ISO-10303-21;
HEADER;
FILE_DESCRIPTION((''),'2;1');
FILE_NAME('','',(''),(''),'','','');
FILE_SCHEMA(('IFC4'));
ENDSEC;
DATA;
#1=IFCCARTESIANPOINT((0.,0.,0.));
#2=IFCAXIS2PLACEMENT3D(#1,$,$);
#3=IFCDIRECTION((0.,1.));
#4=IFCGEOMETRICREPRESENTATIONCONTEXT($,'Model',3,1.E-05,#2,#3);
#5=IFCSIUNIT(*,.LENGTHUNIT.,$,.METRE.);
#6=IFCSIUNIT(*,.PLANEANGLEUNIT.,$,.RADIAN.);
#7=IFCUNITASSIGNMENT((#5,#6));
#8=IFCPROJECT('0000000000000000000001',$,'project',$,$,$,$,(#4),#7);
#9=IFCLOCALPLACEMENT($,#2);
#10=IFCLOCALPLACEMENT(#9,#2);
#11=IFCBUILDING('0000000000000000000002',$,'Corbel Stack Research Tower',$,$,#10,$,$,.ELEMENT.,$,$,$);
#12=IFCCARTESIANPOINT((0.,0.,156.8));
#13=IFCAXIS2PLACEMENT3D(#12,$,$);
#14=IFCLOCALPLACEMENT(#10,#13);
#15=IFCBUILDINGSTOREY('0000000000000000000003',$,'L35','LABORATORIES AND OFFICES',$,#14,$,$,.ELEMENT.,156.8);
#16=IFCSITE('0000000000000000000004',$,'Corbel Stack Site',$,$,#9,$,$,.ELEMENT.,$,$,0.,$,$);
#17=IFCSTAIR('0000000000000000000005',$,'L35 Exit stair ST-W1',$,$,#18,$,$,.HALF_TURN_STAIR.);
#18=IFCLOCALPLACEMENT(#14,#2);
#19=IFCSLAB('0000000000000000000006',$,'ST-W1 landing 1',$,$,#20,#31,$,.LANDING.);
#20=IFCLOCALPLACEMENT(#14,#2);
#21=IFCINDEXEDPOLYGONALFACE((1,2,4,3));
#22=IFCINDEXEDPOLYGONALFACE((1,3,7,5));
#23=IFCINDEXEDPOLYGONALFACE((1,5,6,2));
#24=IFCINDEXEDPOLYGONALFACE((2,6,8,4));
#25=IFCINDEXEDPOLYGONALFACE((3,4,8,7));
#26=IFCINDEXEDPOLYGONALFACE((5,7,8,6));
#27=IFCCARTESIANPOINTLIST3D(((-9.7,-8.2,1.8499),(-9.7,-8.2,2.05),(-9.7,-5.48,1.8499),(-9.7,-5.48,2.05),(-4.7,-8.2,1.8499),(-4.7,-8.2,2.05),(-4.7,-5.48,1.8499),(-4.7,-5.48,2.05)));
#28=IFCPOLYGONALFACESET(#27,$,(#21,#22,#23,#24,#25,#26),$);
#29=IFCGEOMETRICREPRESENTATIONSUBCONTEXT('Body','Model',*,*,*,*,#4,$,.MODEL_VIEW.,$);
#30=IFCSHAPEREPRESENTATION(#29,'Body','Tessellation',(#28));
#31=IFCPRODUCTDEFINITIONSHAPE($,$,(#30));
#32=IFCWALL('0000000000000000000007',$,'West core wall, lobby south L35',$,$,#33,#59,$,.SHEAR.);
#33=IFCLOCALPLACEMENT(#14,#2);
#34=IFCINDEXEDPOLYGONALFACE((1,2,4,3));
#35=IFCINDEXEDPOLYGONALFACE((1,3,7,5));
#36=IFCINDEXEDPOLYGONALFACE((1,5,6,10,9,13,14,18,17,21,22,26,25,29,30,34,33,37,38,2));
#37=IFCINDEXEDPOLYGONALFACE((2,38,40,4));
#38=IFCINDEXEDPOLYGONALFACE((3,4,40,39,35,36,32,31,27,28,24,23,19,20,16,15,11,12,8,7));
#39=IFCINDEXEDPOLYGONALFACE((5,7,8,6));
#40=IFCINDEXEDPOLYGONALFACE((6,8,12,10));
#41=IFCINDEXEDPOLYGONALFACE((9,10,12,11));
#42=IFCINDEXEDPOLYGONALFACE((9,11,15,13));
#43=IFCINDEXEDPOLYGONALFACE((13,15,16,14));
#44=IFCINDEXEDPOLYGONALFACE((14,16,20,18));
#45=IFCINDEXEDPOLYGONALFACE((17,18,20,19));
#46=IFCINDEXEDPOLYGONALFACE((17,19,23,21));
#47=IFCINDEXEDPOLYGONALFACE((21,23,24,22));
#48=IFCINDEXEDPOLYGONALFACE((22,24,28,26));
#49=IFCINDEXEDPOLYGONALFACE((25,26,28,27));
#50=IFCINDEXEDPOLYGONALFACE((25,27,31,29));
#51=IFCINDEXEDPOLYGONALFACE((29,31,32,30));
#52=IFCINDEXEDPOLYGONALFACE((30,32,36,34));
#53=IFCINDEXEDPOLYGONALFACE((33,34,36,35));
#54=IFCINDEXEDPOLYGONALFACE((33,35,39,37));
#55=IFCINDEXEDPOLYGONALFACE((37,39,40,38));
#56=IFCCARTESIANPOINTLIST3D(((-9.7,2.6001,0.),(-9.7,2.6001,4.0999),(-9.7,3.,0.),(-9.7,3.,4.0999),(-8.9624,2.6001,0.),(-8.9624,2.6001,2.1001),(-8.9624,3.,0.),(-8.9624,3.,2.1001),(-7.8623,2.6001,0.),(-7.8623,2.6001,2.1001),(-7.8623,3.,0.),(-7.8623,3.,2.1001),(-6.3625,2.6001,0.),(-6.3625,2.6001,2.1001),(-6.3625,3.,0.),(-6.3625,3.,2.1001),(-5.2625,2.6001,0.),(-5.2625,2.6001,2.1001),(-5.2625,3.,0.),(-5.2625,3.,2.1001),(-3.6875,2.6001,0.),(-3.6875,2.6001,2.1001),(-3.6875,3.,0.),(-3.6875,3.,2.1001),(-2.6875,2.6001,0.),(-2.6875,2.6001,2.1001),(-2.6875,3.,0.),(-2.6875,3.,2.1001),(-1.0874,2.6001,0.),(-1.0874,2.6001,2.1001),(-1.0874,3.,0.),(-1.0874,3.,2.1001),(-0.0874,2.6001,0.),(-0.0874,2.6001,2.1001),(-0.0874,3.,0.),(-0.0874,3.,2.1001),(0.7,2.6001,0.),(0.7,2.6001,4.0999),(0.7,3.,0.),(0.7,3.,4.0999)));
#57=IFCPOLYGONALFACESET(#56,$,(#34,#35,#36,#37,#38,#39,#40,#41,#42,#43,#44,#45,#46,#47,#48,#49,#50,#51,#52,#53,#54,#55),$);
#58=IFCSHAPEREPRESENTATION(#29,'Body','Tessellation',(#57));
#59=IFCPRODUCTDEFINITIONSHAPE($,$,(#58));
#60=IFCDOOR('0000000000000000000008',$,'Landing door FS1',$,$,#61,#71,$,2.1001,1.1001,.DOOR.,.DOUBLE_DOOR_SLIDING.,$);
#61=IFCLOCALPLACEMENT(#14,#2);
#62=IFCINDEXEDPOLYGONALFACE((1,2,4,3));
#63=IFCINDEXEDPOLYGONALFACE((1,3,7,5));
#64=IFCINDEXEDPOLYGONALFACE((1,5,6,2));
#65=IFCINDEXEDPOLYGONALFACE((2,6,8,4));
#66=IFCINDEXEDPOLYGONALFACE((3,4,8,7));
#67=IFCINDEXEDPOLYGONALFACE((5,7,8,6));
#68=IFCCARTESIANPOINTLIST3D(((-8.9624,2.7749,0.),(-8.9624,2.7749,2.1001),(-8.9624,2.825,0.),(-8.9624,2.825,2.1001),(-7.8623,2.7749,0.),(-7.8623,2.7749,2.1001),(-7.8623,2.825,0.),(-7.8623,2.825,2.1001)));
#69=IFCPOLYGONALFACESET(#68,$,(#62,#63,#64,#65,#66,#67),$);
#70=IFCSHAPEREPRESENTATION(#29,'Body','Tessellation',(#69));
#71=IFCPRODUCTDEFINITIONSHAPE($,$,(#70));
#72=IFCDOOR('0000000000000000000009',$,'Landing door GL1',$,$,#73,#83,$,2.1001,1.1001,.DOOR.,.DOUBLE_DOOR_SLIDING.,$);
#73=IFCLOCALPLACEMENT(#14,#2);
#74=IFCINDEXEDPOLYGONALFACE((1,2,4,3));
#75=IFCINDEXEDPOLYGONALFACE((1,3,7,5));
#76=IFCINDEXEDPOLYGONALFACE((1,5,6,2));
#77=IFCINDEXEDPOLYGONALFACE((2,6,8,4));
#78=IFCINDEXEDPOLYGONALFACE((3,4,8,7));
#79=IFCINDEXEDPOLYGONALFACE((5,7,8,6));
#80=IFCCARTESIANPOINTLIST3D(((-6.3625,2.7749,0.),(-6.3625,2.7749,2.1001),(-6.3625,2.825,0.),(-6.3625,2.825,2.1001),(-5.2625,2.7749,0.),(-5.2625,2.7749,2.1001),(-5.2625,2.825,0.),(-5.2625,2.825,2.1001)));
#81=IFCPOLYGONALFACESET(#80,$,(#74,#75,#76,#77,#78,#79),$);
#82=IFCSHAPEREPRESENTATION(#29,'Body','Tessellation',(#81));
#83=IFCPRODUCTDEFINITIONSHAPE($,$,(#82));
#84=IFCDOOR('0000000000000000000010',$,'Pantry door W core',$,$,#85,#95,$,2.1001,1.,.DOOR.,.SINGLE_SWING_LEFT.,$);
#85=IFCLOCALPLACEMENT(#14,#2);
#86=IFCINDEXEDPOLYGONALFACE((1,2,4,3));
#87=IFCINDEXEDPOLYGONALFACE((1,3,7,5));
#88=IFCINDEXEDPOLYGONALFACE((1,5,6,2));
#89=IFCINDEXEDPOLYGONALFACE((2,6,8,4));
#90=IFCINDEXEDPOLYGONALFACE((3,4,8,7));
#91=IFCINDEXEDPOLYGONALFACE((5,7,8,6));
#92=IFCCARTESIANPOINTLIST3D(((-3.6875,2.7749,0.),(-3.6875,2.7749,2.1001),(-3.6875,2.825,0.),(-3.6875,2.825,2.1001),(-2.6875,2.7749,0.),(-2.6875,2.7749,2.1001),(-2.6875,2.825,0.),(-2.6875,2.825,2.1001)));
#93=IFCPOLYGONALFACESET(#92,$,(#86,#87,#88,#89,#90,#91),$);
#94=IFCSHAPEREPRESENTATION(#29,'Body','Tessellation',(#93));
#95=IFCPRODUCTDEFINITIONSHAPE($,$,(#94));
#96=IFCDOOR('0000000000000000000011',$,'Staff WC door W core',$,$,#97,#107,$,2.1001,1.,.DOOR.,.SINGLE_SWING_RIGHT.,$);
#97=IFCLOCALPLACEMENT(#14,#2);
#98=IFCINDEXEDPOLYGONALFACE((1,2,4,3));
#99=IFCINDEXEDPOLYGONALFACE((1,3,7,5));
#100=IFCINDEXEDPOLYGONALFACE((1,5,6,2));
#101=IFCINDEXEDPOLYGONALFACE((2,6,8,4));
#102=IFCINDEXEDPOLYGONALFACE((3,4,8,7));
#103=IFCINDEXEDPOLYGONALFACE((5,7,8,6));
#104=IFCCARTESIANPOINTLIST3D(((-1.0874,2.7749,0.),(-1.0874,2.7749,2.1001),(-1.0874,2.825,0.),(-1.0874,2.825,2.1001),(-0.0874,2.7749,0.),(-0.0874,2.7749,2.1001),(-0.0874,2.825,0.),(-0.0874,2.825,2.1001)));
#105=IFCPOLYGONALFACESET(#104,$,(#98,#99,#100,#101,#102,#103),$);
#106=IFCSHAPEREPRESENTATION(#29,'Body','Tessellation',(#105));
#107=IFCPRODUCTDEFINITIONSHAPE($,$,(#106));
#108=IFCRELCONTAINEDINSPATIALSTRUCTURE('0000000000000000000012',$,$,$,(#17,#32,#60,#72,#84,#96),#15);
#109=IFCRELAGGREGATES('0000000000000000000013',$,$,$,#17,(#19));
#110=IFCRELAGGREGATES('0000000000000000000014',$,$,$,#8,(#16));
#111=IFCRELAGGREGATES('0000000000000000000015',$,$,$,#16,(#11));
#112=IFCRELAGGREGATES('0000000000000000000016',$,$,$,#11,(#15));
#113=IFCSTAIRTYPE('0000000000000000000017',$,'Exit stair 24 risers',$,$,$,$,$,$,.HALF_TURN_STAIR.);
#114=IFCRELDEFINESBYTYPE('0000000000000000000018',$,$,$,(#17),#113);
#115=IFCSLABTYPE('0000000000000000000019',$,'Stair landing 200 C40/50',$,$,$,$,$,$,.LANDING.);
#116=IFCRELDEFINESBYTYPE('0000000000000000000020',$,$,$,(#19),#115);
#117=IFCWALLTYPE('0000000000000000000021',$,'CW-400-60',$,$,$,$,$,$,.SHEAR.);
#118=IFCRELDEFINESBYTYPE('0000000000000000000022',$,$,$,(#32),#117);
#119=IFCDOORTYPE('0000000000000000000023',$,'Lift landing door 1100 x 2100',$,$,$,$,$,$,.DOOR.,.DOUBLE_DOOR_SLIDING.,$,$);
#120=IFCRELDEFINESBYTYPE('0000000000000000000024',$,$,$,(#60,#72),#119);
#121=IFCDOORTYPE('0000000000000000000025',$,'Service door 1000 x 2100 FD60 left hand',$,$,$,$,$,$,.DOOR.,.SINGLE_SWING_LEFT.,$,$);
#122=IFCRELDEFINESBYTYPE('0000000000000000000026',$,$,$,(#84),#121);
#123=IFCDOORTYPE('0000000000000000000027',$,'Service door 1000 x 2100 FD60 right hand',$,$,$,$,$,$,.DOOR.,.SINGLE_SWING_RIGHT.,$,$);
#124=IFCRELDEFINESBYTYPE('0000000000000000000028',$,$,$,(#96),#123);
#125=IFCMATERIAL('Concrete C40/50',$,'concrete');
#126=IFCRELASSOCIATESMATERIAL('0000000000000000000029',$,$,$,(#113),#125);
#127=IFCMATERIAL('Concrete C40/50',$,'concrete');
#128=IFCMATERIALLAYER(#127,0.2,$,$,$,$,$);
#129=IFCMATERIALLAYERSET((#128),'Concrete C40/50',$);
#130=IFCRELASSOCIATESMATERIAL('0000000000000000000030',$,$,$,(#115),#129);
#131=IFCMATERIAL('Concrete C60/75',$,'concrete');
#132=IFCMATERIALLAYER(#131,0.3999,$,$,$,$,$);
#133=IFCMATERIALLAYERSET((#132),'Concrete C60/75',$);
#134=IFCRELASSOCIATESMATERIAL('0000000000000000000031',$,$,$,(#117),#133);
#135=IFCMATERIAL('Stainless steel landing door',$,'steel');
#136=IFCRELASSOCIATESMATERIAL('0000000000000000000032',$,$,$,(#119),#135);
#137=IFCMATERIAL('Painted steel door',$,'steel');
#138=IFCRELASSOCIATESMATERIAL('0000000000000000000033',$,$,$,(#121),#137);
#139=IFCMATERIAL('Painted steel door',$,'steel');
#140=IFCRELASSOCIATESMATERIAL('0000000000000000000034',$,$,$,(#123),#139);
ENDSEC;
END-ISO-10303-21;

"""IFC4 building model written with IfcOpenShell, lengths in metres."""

from ifc_helpers import new_model, si_unit, direction, frame, frame_2d, origin, place, context, subcontext, project, spatial, polyline, rectangle, outline, extrude, material, layer, layer_set, type_object, element, fill, aggregate, save


model = new_model("IFC4")

# Units and contexts
model_context = context("Model", 3, precision=1e-05, world=origin(), true_north=direction((0.0, 1.0)))
body_context = subcontext(model_context, "Body", "Model", "MODEL_VIEW")
ifc_project = project(units=[si_unit("LENGTHUNIT", "METRE"), si_unit("PLANEANGLEUNIT", "RADIAN")], contexts=[model_context])

# Site, building, storey
site_placement = place(None, origin())
site = spatial("IfcSite", under=ifc_project, at=site_placement, Name="Corbel Stack Site", CompositionType="ELEMENT", RefElevation=0.0)
building_placement = place(site_placement, origin())
building = spatial("IfcBuilding", under=site, at=building_placement, Name="Corbel Stack Research Tower", CompositionType="ELEMENT")
storey_placement = place(building_placement, frame((0.0, 0.0, 156.8)))
storey = spatial("IfcBuildingStorey", under=building, at=storey_placement, Name="L35", Description="LABORATORIES AND OFFICES", CompositionType="ELEMENT", Elevation=156.8)

# Stair, slab
ifc_material_1 = material(Name="Concrete C40/50", Category="concrete")
stair_type = type_object("IfcStairType", Name="Exit stair 24 risers", PredefinedType="HALF_TURN_STAIR", material=ifc_material_1)
stair_1_placement = place(storey_placement, origin())
stair_1 = element("IfcStair", 1, at=stair_1_placement, inside=storey, type_object=stair_type, Name="L35 Exit stair ST-W1", PredefinedType="HALF_TURN_STAIR")
ifc_material_2 = material(Name="Concrete C40/50", Category="concrete")
ifc_layer_1 = layer(ifc_material_2, 0.2)
ifc_layer_set_1 = layer_set([ifc_layer_1], Name="Concrete C40/50")
slab_type_1 = type_object("IfcSlabType", Name="Stair landing 200 C40/50", PredefinedType="LANDING", material=ifc_layer_set_1)
slab_1_placement = place(storey_placement, frame((0.0, 0.0, 1.8499)))
slab_1 = element("IfcSlab", 2, at=slab_1_placement, type_object=slab_type_1, Name="ST-W1 landing 1", PredefinedType="LANDING", context=body_context, shape_type="SweptSolid", body=[
    extrude(outline(polyline([(-9.7, -8.2), (-9.7, -5.48), (-4.7, -5.48), (-4.7, -8.2), (-9.7, -8.2)])), origin(), (0.0, 0.0, 1.0), 0.2002),
])
aggregate(stair_1, [slab_1])

# Wall, openings, doors
ifc_material_3 = material(Name="Concrete C60/75", Category="concrete")
ifc_layer_2 = layer(ifc_material_3, 0.3999)
ifc_layer_set_2 = layer_set([ifc_layer_2], Name="Concrete C60/75")
wall_type_1 = type_object("IfcWallType", Name="CW-400-60", PredefinedType="SHEAR", material=ifc_layer_set_2)
wall_1_placement = place(storey_placement, frame((-9.7, 2.8, 0.0), z_axis=(0.0, 0.0, 1.0), x_axis=(1.0, 0.0, 0.0)))
wall_1 = element("IfcWall", 3, at=wall_1_placement, inside=storey, type_object=wall_type_1, Name="West core wall, lobby south L35", PredefinedType="SHEAR", context=body_context, shape_type="SweptSolid", body=[
    extrude(rectangle(XDim=10.3999, YDim=0.3999, at=frame_2d((5.2, 0.0))), origin(), (0.0, 0.0, 1.0), 4.0999),
])
opening_1_placement = place(wall_1_placement, frame((0.7375, 0.0, 0.0)))
opening_1 = element("IfcOpeningElement", 4, at=opening_1_placement, cuts=wall_1, PredefinedType="OPENING", context=body_context, shape_type="SweptSolid", body=[
    extrude(rectangle(XDim=1.1001, YDim=2.1001, at=frame_2d((0.55, 1.05))), frame((0.0, 0.21, 0.0), z_axis=(0.0, -1.0, 0.0), x_axis=(1.0, 0.0, 0.0)), (0.0, 0.0, 1.0), 0.4199),
])
opening_2_placement = place(wall_1_placement, frame((3.3374, 0.0, 0.0)))
opening_2 = element("IfcOpeningElement", 5, at=opening_2_placement, cuts=wall_1, PredefinedType="OPENING", context=body_context, shape_type="SweptSolid", body=[
    extrude(rectangle(XDim=1.1001, YDim=2.1001, at=frame_2d((0.55, 1.05))), frame((0.0, 0.21, 0.0), z_axis=(0.0, -1.0, 0.0), x_axis=(1.0, 0.0, 0.0)), (0.0, 0.0, 1.0), 0.4199),
])
opening_3_placement = place(wall_1_placement, frame((6.0125, 0.0, 0.0)))
opening_3 = element("IfcOpeningElement", 6, at=opening_3_placement, cuts=wall_1, PredefinedType="OPENING", context=body_context, shape_type="SweptSolid", body=[
    extrude(rectangle(XDim=1.0, YDim=2.1001, at=frame_2d((0.5, 1.05))), frame((0.0, 0.21, 0.0), z_axis=(0.0, -1.0, 0.0), x_axis=(1.0, 0.0, 0.0)), (0.0, 0.0, 1.0), 0.4199),
])
opening_4_placement = place(wall_1_placement, frame((8.6125, 0.0, 0.0)))
opening_4 = element("IfcOpeningElement", 7, at=opening_4_placement, cuts=wall_1, PredefinedType="OPENING", context=body_context, shape_type="SweptSolid", body=[
    extrude(rectangle(XDim=1.0, YDim=2.1001, at=frame_2d((0.5, 1.05))), frame((0.0, 0.21, 0.0), z_axis=(0.0, -1.0, 0.0), x_axis=(1.0, 0.0, 0.0)), (0.0, 0.0, 1.0), 0.4199),
])
ifc_material_4 = material(Name="Stainless steel landing door", Category="steel")
door_type_1 = type_object("IfcDoorType", Name="Lift landing door 1100 x 2100", OperationType="DOUBLE_DOOR_SLIDING", PredefinedType="DOOR", material=ifc_material_4)
door_1_placement = place(opening_1_placement, origin())
door_1 = element("IfcDoor", 8, at=door_1_placement, inside=storey, type_object=door_type_1, Name="Landing door FS1", OperationType="DOUBLE_DOOR_SLIDING", OverallHeight=2.1001, OverallWidth=1.1001, PredefinedType="DOOR", context=body_context, shape_type="SweptSolid", body=[
    extrude(rectangle(XDim=1.1001, YDim=2.1001, at=frame_2d((0.55, 1.05))), frame((0.0, 0.0249, 0.0), z_axis=(0.0, -1.0, 0.0), x_axis=(1.0, 0.0, 0.0)), (0.0, 0.0, 1.0), 0.05),
])
fill(opening_1, door_1)
door_2_placement = place(opening_2_placement, origin())
door_2 = element("IfcDoor", 9, at=door_2_placement, inside=storey, type_object=door_type_1, Name="Landing door GL1", OperationType="DOUBLE_DOOR_SLIDING", OverallHeight=2.1001, OverallWidth=1.1001, PredefinedType="DOOR", context=body_context, shape_type="SweptSolid", body=[
    extrude(rectangle(XDim=1.1001, YDim=2.1001, at=frame_2d((0.55, 1.05))), frame((0.0, 0.0249, 0.0), z_axis=(0.0, -1.0, 0.0), x_axis=(1.0, 0.0, 0.0)), (0.0, 0.0, 1.0), 0.05),
])
fill(opening_2, door_2)
ifc_material_5 = material(Name="Painted steel door", Category="steel")
door_type_2 = type_object("IfcDoorType", Name="Service door 1000 x 2100 FD60 left hand", OperationType="SINGLE_SWING_LEFT", PredefinedType="DOOR", material=ifc_material_5)
door_3_placement = place(opening_3_placement, origin())
door_3 = element("IfcDoor", 10, at=door_3_placement, inside=storey, type_object=door_type_2, Name="Pantry door W core", OperationType="SINGLE_SWING_LEFT", OverallHeight=2.1001, OverallWidth=1.0, PredefinedType="DOOR", context=body_context, shape_type="SweptSolid", body=[
    extrude(rectangle(XDim=1.0, YDim=2.1001, at=frame_2d((0.5, 1.05))), frame((0.0, 0.0249, 0.0), z_axis=(0.0, -1.0, 0.0), x_axis=(1.0, 0.0, 0.0)), (0.0, 0.0, 1.0), 0.05),
])
fill(opening_3, door_3)
ifc_material_6 = material(Name="Painted steel door", Category="steel")
door_type_3 = type_object("IfcDoorType", Name="Service door 1000 x 2100 FD60 right hand", OperationType="SINGLE_SWING_RIGHT", PredefinedType="DOOR", material=ifc_material_6)
door_4_placement = place(opening_4_placement, origin())
door_4 = element("IfcDoor", 11, at=door_4_placement, inside=storey, type_object=door_type_3, Name="Staff WC door W core", OperationType="SINGLE_SWING_RIGHT", OverallHeight=2.1001, OverallWidth=1.0, PredefinedType="DOOR", context=body_context, shape_type="SweptSolid", body=[
    extrude(rectangle(XDim=1.0, YDim=2.1001, at=frame_2d((0.5, 1.05))), frame((0.0, 0.0249, 0.0), z_axis=(0.0, -1.0, 0.0), x_axis=(1.0, 0.0, 0.0)), (0.0, 0.0, 1.0), 0.05),
])
fill(opening_4, door_4)

save(model, "model.ifc")
